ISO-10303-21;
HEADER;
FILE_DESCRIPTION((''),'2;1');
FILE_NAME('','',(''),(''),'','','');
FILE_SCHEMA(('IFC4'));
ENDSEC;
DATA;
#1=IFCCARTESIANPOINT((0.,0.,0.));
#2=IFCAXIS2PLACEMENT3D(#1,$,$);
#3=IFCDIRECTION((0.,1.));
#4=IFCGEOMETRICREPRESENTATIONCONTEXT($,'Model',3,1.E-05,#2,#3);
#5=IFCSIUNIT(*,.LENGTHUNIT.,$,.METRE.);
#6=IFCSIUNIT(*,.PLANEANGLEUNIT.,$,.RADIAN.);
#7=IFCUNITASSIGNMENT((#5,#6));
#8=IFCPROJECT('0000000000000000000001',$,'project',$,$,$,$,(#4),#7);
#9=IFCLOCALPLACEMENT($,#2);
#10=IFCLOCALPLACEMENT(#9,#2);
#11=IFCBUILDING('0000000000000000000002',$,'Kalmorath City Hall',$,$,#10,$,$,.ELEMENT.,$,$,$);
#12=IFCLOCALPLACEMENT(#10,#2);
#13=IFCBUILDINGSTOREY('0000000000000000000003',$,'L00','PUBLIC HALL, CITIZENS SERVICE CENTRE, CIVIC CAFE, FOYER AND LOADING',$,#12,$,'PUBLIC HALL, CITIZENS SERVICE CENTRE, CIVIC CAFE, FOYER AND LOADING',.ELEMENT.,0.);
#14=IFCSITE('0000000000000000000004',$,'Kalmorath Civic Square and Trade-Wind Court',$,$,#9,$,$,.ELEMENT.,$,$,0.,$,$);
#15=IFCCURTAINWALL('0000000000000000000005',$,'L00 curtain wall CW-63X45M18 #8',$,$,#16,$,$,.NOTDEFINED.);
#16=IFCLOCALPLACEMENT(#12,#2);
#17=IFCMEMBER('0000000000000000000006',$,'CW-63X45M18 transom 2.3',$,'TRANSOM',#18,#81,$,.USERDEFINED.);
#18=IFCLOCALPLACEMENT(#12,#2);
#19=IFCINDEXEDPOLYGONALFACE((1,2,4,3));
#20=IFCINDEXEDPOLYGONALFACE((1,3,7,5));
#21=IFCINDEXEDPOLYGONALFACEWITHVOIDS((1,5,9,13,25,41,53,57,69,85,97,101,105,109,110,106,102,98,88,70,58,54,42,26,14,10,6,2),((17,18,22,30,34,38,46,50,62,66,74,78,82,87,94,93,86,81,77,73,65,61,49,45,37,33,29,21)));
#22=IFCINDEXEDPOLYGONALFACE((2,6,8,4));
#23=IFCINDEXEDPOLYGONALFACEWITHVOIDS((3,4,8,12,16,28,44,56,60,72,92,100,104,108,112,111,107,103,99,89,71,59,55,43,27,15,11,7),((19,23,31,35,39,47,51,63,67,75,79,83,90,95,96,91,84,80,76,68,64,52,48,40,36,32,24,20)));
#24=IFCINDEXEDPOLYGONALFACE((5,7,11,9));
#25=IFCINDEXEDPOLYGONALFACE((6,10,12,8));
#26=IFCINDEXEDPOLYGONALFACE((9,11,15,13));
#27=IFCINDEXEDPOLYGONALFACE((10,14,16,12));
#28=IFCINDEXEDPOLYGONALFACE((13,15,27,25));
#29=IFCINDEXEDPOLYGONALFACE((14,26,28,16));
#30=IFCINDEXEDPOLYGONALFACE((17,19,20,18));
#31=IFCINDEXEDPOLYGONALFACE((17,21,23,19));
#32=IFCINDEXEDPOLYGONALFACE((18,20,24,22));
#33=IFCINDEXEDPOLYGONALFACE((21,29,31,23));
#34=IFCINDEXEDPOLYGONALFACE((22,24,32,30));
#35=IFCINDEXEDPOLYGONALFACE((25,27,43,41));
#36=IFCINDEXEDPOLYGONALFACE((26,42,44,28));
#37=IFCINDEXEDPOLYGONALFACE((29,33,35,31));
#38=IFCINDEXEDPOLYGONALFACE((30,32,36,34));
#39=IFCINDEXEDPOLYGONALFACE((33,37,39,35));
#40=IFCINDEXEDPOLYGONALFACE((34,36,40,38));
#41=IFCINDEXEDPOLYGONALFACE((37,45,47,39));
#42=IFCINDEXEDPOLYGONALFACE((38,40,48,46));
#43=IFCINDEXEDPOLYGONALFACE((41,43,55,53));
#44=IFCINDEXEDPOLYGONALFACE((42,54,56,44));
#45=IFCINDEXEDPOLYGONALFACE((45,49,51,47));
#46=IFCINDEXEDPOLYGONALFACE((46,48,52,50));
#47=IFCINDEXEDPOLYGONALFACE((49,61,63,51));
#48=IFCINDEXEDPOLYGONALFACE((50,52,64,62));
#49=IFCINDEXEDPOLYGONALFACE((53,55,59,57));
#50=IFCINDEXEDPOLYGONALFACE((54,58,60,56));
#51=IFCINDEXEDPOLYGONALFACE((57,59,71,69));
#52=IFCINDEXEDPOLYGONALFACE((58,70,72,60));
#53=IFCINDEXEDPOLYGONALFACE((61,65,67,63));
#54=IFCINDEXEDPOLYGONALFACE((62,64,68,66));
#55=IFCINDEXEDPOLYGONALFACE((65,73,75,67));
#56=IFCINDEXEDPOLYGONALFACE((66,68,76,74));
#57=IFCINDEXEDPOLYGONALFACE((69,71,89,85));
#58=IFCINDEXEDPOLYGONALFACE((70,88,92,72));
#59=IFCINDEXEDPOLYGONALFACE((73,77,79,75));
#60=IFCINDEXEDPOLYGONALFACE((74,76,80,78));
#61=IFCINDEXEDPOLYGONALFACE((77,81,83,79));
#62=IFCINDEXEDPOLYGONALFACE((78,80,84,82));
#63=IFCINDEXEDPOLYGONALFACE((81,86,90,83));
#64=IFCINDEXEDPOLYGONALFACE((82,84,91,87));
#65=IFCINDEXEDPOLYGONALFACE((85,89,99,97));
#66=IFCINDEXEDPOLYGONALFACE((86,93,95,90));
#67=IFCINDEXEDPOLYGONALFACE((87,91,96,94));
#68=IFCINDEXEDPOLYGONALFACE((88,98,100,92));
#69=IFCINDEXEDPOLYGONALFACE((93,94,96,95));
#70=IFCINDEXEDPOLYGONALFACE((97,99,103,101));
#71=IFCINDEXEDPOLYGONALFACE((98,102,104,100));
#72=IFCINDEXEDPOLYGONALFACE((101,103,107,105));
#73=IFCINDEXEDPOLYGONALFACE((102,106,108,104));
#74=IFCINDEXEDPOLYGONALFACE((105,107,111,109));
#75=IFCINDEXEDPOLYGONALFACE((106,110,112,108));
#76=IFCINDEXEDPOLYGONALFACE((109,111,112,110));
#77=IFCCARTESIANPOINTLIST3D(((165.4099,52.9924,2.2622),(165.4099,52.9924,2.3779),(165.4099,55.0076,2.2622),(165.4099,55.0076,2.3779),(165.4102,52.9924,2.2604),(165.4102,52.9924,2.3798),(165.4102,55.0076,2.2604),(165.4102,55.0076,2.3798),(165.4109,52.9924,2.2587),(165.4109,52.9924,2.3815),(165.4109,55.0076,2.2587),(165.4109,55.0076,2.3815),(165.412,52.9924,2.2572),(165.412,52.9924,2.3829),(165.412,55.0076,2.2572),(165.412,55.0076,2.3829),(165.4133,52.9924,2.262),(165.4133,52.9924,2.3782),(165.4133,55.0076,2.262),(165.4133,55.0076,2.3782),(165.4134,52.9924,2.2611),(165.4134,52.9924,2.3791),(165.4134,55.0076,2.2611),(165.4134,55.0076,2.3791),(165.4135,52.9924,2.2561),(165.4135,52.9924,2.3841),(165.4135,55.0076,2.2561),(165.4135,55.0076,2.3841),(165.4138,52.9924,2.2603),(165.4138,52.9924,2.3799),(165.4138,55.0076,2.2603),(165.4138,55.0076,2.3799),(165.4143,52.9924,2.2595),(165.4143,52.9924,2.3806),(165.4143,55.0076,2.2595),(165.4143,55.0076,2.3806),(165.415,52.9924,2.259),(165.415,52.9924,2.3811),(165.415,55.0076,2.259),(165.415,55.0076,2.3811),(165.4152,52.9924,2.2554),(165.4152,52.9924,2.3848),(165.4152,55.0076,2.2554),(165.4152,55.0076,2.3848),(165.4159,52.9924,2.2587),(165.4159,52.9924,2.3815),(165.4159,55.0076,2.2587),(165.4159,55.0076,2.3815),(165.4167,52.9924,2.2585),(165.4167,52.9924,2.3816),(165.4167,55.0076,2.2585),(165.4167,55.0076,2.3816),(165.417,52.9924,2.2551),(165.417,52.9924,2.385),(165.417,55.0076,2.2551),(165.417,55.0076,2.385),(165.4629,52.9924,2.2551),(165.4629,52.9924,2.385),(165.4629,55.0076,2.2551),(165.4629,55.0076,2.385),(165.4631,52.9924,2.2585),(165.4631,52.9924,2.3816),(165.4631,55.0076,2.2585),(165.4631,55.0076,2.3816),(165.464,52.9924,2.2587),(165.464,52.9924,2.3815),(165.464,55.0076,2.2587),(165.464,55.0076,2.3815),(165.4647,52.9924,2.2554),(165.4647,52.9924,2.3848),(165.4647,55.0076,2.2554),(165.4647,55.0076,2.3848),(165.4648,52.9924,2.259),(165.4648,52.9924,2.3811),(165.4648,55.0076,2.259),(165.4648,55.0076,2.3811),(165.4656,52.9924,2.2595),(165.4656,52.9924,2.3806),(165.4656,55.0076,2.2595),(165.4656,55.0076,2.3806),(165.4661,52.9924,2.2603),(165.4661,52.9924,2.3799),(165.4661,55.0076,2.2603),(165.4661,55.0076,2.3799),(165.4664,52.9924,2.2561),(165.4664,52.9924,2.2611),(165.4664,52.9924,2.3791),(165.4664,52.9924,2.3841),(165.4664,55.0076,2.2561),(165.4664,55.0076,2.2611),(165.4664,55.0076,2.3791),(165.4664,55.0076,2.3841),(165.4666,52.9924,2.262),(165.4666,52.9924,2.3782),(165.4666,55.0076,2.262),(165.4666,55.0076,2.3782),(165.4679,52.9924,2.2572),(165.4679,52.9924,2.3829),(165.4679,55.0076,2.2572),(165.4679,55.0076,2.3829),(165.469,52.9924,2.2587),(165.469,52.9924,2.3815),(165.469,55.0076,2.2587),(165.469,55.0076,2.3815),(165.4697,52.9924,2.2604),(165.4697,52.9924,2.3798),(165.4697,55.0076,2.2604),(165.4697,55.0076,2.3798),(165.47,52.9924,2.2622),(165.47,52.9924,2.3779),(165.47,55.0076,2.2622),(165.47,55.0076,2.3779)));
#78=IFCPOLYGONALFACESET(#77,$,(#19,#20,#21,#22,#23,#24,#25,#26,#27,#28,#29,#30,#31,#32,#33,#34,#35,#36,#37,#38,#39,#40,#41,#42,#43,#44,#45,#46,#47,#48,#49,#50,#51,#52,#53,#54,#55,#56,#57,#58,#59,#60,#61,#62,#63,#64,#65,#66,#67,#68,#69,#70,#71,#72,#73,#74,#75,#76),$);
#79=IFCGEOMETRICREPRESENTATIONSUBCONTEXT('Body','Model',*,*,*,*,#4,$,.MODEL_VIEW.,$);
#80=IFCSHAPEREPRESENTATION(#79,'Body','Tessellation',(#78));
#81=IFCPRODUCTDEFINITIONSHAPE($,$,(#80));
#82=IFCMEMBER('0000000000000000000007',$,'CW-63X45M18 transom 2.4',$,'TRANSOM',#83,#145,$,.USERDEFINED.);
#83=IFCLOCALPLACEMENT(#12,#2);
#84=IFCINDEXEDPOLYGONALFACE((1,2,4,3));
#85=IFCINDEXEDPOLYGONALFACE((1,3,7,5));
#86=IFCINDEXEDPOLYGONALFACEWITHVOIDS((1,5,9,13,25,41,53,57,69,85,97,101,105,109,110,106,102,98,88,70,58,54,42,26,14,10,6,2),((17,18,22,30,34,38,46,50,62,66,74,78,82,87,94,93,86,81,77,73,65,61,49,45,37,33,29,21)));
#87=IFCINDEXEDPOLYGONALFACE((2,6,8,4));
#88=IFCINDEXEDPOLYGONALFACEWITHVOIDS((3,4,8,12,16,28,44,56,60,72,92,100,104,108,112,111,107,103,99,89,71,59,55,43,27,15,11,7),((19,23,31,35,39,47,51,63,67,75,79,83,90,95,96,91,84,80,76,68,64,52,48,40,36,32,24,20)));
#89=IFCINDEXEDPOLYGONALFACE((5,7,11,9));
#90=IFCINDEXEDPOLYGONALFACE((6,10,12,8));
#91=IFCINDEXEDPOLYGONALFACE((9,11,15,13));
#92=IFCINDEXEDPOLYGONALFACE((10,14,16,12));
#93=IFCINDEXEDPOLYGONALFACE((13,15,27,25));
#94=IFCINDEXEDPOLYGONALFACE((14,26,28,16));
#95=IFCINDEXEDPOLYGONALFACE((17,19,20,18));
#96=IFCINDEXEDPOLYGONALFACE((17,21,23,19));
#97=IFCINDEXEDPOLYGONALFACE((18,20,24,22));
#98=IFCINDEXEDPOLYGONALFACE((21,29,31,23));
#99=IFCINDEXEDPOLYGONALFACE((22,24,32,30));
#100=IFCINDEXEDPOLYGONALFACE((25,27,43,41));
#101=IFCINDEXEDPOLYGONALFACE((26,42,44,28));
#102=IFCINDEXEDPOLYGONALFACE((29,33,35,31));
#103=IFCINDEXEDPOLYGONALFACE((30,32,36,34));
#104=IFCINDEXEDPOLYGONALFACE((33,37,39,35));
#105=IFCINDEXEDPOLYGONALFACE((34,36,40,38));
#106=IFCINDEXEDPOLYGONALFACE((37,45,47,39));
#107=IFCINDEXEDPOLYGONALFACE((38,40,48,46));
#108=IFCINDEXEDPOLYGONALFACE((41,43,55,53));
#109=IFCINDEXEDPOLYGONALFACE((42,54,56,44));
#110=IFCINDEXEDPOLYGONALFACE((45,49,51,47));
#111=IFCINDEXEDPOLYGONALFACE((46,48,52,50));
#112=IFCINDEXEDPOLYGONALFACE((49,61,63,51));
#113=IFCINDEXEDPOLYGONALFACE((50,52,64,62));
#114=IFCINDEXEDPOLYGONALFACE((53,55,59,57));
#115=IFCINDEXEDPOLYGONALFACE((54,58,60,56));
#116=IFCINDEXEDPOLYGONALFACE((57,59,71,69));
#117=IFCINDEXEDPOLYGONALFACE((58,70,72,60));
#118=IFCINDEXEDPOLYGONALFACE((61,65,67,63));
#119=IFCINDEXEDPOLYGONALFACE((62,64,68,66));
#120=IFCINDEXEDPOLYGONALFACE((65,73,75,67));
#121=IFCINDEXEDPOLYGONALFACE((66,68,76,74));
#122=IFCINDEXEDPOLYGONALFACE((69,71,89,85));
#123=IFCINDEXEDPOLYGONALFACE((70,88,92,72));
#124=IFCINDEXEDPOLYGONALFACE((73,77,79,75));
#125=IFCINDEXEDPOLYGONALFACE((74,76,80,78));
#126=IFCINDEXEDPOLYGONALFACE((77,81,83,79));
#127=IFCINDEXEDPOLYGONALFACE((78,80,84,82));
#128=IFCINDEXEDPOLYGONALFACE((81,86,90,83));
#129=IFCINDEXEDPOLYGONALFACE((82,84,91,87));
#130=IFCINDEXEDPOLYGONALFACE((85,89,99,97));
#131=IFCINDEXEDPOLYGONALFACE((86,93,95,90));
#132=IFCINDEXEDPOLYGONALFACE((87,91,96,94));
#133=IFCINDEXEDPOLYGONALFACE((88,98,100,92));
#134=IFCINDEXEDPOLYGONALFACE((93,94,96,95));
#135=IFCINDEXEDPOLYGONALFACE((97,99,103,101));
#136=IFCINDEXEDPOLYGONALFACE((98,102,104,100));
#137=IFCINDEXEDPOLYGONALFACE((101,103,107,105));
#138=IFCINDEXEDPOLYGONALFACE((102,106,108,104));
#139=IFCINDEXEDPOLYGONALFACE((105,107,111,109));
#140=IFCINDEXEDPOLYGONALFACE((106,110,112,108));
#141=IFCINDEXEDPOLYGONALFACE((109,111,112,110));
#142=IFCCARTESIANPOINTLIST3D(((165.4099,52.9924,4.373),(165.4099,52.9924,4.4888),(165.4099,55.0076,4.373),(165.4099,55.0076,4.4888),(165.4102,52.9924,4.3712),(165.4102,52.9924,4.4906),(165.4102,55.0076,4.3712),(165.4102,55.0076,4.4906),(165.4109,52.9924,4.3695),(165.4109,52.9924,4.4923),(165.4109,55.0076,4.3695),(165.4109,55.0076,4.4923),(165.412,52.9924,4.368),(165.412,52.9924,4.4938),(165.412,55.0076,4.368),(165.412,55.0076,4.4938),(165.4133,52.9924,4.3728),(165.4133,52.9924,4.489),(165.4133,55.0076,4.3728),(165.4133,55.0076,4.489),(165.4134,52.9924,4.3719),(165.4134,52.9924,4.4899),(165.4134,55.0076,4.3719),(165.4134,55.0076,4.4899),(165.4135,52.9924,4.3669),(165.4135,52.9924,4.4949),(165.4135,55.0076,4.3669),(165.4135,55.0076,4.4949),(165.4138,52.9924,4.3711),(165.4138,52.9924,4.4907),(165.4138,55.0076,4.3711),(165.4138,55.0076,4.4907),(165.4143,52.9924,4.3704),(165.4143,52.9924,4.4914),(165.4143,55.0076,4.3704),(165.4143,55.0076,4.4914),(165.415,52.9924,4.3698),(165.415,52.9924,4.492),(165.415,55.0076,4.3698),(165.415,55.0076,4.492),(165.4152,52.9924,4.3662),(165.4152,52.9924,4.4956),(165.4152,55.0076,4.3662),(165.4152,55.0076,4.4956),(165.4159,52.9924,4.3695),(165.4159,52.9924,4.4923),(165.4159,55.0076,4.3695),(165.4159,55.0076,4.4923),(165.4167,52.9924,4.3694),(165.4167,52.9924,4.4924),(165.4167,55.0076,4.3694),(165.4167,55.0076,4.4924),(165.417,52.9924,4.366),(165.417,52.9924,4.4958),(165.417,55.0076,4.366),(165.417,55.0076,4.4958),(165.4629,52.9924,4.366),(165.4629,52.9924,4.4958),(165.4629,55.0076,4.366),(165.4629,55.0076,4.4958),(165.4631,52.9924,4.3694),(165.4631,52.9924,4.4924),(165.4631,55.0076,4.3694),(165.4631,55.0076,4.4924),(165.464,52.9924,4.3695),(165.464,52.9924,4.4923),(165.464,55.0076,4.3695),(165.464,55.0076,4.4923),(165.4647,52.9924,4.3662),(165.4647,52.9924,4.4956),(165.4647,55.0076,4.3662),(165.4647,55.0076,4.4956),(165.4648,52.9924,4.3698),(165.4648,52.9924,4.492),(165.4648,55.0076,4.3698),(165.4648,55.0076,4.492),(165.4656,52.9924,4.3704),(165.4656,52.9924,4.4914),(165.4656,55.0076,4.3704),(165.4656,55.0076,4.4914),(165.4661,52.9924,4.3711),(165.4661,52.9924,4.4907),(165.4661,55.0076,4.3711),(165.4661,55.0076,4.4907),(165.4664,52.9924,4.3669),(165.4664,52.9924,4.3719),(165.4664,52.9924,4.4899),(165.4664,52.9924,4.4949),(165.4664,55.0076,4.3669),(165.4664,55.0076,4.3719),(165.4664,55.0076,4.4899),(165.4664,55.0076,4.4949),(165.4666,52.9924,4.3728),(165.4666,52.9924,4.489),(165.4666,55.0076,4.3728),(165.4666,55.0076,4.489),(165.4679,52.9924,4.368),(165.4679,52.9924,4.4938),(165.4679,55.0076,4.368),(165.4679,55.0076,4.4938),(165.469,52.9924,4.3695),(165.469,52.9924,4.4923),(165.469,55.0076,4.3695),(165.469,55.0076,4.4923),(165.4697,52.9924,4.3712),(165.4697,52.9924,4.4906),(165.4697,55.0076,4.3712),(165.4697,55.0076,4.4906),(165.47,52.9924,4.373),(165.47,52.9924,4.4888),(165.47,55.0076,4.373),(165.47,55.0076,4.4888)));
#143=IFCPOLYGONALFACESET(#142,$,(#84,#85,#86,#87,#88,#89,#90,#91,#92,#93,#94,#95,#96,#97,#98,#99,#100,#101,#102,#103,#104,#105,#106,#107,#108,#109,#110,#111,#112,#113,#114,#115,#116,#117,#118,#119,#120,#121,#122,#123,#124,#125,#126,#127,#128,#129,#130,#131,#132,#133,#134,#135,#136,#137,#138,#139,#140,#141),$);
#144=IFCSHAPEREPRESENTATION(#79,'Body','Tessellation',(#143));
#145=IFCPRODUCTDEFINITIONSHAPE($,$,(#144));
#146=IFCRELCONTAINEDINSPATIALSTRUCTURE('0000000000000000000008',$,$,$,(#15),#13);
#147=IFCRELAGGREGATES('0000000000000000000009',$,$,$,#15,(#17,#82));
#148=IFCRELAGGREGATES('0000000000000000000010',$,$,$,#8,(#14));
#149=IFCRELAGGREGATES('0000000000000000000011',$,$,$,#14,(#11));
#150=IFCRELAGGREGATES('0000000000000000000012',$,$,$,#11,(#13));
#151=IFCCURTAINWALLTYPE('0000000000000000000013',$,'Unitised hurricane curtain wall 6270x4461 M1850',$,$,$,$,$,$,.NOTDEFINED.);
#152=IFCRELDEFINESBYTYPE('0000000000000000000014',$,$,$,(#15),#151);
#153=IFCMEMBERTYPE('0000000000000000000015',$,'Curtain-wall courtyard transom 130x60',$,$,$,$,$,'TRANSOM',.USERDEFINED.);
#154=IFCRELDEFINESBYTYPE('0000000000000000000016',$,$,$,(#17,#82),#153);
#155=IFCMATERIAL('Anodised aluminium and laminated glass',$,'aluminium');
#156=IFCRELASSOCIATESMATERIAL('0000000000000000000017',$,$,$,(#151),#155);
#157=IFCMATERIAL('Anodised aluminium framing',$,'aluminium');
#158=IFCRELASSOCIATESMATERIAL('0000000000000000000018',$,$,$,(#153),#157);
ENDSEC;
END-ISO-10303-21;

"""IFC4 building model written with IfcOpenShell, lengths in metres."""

from ifc_helpers import new_model, si_unit, direction, frame, origin, origin_2d, place, context, subcontext, project, spatial, hollow_rectangle, extrude, material, material_profile, profile_set, type_object, element, aggregate, save


model = new_model("IFC4")

# Units and contexts
model_context = context("Model", 3, precision=1e-05, world=origin(), true_north=direction((0.0, 1.0)))
body_context = subcontext(model_context, "Body", "Model", "MODEL_VIEW")
ifc_project = project(units=[si_unit("LENGTHUNIT", "METRE"), si_unit("PLANEANGLEUNIT", "RADIAN")], contexts=[model_context])

# Site, building, storey
site_placement = place(None, origin())
site = spatial("IfcSite", under=ifc_project, at=site_placement, Name="Kalmorath Civic Square and Trade-Wind Court", CompositionType="ELEMENT", RefElevation=0.0)
building_placement = place(site_placement, origin())
building = spatial("IfcBuilding", under=site, at=building_placement, Name="Kalmorath City Hall", CompositionType="ELEMENT")
storey_placement = place(building_placement, origin())
storey = spatial("IfcBuildingStorey", under=building, at=storey_placement, Name="L00", Description="PUBLIC HALL, CITIZENS SERVICE CENTRE, CIVIC CAFE, FOYER AND LOADING", LongName="PUBLIC HALL, CITIZENS SERVICE CENTRE, CIVIC CAFE, FOYER AND LOADING", CompositionType="ELEMENT", Elevation=0.0)

# Curtain wall, members
ifc_material_1 = material(Name="Anodised aluminium and laminated glass", Category="aluminium")
curtain_wall_type = type_object("IfcCurtainWallType", Name="Unitised hurricane curtain wall 6270x4461 M1850", PredefinedType="NOTDEFINED", material=ifc_material_1)
curtain_wall_placement = place(storey_placement, origin())
curtain_wall = element("IfcCurtainWall", 1, at=curtain_wall_placement, inside=storey, type_object=curtain_wall_type, Name="L00 curtain wall CW-63X45M18 #8", PredefinedType="NOTDEFINED")
ifc_material_2 = material(Name="Anodised aluminium framing", Category="aluminium")
ifc_material_profile_1 = material_profile(ifc_material_2, hollow_rectangle(XDim=0.0601, YDim=0.1299, WallThickness=0.0034, InnerFilletRadius=0.0034, OuterFilletRadius=0.0071, at=origin_2d()), Name="ALU-TRN-130X60X3.5")
ifc_profile_set_1 = profile_set([ifc_material_profile_1], Name="Anodised aluminium framing")
member_type_1 = type_object("IfcMemberType", Name="Curtain-wall courtyard transom 130x60", ElementType="TRANSOM", PredefinedType="USERDEFINED", material=ifc_profile_set_1)
member_1_placement = place(storey_placement, frame((165.4399, 55.0076, 2.3201), z_axis=(0.0, -1.0, 0.0), x_axis=(1.0, 0.0, 0.0)))
member_1 = element("IfcMember", 2, at=member_1_placement, type_object=member_type_1, Name="CW-63X45M18 transom 2.3", ObjectType="TRANSOM", PredefinedType="USERDEFINED", context=body_context, shape_type="SweptSolid", body=[
    extrude(hollow_rectangle(XDim=0.0601, YDim=0.1299, WallThickness=0.0034, InnerFilletRadius=0.0034, OuterFilletRadius=0.0071, at=origin_2d()), origin(), (0.0, 0.0, 1.0), 2.0151),
])
member_2_placement = place(storey_placement, frame((165.4399, 55.0076, 4.4309), z_axis=(0.0, -1.0, 0.0), x_axis=(1.0, 0.0, 0.0)))
member_2 = element("IfcMember", 3, at=member_2_placement, type_object=member_type_1, Name="CW-63X45M18 transom 2.4", ObjectType="TRANSOM", PredefinedType="USERDEFINED", context=body_context, shape_type="SweptSolid", body=[
    extrude(hollow_rectangle(XDim=0.0601, YDim=0.1299, WallThickness=0.0034, InnerFilletRadius=0.0034, OuterFilletRadius=0.0071, at=origin_2d()), origin(), (0.0, 0.0, 1.0), 2.0151),
])
aggregate(curtain_wall, [member_1, member_2])

save(model, "model.ifc")
